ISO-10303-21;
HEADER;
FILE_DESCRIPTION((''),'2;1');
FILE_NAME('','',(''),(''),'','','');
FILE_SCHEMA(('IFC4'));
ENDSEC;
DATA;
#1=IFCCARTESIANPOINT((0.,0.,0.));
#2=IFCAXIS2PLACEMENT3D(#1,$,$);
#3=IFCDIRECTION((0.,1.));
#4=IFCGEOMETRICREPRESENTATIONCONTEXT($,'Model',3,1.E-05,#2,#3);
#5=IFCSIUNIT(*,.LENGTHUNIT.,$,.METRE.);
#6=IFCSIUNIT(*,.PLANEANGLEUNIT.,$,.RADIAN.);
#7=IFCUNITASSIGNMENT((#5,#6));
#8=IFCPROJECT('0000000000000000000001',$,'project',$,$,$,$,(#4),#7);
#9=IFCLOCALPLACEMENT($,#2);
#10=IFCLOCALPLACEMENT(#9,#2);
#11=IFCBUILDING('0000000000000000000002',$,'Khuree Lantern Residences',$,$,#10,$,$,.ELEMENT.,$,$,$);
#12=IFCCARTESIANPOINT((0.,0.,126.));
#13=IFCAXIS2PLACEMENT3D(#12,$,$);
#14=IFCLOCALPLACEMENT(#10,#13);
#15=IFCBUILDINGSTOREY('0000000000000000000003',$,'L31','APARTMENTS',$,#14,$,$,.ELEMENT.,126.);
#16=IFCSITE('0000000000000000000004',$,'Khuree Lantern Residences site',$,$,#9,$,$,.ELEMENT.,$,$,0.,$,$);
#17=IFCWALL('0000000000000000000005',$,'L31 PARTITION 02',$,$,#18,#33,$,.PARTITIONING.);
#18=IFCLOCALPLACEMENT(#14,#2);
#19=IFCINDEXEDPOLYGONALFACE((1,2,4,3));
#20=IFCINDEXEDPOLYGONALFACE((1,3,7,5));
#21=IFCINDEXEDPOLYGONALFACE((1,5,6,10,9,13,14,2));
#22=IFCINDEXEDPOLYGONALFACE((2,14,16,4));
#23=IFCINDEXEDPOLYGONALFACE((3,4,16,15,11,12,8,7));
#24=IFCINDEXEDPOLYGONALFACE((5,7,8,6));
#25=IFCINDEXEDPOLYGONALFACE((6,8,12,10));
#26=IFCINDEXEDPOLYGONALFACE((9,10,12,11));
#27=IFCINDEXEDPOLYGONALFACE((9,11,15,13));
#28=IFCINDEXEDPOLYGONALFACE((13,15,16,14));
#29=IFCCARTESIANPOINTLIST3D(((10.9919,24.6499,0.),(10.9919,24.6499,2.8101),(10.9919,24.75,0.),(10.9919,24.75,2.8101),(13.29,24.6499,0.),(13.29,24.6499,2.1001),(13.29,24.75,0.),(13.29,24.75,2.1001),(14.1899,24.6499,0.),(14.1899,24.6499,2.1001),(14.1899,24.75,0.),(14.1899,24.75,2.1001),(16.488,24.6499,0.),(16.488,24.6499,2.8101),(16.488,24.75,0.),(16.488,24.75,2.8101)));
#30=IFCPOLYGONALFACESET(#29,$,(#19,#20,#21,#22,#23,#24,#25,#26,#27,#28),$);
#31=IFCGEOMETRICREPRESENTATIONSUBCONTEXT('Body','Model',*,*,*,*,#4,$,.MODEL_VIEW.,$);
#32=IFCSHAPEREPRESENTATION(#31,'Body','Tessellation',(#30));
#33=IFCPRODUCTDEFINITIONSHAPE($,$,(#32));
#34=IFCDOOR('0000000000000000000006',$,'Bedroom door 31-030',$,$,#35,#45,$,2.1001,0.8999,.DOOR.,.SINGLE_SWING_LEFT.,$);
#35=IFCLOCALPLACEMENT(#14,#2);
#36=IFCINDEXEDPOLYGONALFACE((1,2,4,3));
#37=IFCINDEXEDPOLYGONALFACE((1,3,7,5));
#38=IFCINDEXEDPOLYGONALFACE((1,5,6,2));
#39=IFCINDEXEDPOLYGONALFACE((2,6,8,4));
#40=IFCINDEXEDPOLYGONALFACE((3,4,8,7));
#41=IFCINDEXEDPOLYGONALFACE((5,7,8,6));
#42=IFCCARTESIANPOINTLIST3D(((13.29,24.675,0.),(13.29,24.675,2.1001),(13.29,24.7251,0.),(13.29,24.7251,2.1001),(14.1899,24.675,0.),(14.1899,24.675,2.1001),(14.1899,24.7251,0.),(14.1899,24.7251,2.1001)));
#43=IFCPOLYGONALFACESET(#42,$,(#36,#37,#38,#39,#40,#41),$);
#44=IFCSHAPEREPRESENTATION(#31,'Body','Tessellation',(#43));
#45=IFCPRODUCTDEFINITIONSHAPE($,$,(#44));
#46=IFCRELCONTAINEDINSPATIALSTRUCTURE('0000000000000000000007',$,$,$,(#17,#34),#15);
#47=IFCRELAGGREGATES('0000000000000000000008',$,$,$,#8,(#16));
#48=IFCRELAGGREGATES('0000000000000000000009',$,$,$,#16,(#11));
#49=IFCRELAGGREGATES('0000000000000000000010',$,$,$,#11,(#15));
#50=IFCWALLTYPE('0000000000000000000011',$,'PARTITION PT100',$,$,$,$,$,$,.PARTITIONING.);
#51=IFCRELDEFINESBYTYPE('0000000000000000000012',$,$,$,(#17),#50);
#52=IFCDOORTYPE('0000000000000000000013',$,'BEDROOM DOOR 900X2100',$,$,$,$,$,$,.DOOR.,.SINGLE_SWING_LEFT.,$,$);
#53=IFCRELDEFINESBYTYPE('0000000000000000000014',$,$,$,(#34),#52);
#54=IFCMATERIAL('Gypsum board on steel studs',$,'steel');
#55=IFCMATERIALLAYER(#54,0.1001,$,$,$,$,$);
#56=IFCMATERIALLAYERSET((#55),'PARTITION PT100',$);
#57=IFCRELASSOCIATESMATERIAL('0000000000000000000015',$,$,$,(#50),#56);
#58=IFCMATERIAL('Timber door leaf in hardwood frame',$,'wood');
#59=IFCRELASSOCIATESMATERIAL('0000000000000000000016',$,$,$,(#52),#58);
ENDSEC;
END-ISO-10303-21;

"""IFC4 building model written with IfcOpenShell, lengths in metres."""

from ifc_helpers import new_model, si_unit, direction, frame, frame_2d, origin, place, context, subcontext, project, spatial, rectangle, extrude, material, layer, layer_set, type_object, element, fill, save


model = new_model("IFC4")

# Units and contexts
model_context = context("Model", 3, precision=1e-05, world=origin(), true_north=direction((0.0, 1.0)))
body_context = subcontext(model_context, "Body", "Model", "MODEL_VIEW")
ifc_project = project(units=[si_unit("LENGTHUNIT", "METRE"), si_unit("PLANEANGLEUNIT", "RADIAN")], contexts=[model_context])

# Site, building, storey
site_placement = place(None, origin())
site = spatial("IfcSite", under=ifc_project, at=site_placement, Name="Khuree Lantern Residences site", CompositionType="ELEMENT", RefElevation=0.0)
building_placement = place(site_placement, origin())
building = spatial("IfcBuilding", under=site, at=building_placement, Name="Khuree Lantern Residences", CompositionType="ELEMENT")
storey_placement = place(building_placement, frame((0.0, 0.0, 126.0)))
storey = spatial("IfcBuildingStorey", under=building, at=storey_placement, Name="L31", Description="APARTMENTS", CompositionType="ELEMENT", Elevation=126.0)

# Shared definitions
ifc_material_1 = material(Name="Timber door leaf in hardwood frame", Category="wood")

# Shared definitions
ifc_material_2 = material(Name="Gypsum board on steel studs", Category="steel")
ifc_layer_1 = layer(ifc_material_2, 0.1001)
ifc_layer_set_1 = layer_set([ifc_layer_1], Name="PARTITION PT100")
wall_type_1 = type_object("IfcWallType", Name="PARTITION PT100", PredefinedType="PARTITIONING", material=ifc_layer_set_1)

# Wall, opening, door
wall_1_placement = place(storey_placement, frame((16.488, 24.7, 0.0), z_axis=(0.0, 0.0, 1.0), x_axis=(-1.0, 0.0, 0.0)))
wall_1 = element("IfcWall", 1, at=wall_1_placement, inside=storey, type_object=wall_type_1, Name="L31 PARTITION 02", PredefinedType="PARTITIONING", context=body_context, shape_type="SweptSolid", body=[
    extrude(rectangle(XDim=5.4961, YDim=0.1001, at=frame_2d((2.748, 0.0))), origin(), (0.0, 0.0, 1.0), 2.8101),
])
opening_1_placement = place(wall_1_placement, frame((2.2981, 0.0, 0.0)))
opening_1 = element("IfcOpeningElement", 2, at=opening_1_placement, cuts=wall_1, PredefinedType="OPENING", context=body_context, shape_type="SweptSolid", body=[
    extrude(rectangle(XDim=0.8999, YDim=2.1001, at=frame_2d((0.45, 1.05))), frame((0.0, 0.0601, 0.0), z_axis=(0.0, -1.0, 0.0), x_axis=(1.0, 0.0, 0.0)), (0.0, 0.0, 1.0), 0.1201),
])
door_type_1 = type_object("IfcDoorType", Name="BEDROOM DOOR 900X2100", OperationType="SINGLE_SWING_LEFT", PredefinedType="DOOR", material=ifc_material_1)
door_1_placement = place(opening_1_placement, origin())
door_1 = element("IfcDoor", 3, at=door_1_placement, inside=storey, type_object=door_type_1, Name="Bedroom door 31-030", OperationType="SINGLE_SWING_LEFT", OverallHeight=2.1001, OverallWidth=0.8999, PredefinedType="DOOR", context=body_context, shape_type="SweptSolid", body=[
    extrude(rectangle(XDim=0.8999, YDim=2.1001, at=frame_2d((0.45, 1.05))), frame((0.0, 0.0249, 0.0), z_axis=(0.0, -1.0, 0.0), x_axis=(1.0, 0.0, 0.0)), (0.0, 0.0, 1.0), 0.05),
])
fill(opening_1, door_1)

save(model, "model.ifc")
